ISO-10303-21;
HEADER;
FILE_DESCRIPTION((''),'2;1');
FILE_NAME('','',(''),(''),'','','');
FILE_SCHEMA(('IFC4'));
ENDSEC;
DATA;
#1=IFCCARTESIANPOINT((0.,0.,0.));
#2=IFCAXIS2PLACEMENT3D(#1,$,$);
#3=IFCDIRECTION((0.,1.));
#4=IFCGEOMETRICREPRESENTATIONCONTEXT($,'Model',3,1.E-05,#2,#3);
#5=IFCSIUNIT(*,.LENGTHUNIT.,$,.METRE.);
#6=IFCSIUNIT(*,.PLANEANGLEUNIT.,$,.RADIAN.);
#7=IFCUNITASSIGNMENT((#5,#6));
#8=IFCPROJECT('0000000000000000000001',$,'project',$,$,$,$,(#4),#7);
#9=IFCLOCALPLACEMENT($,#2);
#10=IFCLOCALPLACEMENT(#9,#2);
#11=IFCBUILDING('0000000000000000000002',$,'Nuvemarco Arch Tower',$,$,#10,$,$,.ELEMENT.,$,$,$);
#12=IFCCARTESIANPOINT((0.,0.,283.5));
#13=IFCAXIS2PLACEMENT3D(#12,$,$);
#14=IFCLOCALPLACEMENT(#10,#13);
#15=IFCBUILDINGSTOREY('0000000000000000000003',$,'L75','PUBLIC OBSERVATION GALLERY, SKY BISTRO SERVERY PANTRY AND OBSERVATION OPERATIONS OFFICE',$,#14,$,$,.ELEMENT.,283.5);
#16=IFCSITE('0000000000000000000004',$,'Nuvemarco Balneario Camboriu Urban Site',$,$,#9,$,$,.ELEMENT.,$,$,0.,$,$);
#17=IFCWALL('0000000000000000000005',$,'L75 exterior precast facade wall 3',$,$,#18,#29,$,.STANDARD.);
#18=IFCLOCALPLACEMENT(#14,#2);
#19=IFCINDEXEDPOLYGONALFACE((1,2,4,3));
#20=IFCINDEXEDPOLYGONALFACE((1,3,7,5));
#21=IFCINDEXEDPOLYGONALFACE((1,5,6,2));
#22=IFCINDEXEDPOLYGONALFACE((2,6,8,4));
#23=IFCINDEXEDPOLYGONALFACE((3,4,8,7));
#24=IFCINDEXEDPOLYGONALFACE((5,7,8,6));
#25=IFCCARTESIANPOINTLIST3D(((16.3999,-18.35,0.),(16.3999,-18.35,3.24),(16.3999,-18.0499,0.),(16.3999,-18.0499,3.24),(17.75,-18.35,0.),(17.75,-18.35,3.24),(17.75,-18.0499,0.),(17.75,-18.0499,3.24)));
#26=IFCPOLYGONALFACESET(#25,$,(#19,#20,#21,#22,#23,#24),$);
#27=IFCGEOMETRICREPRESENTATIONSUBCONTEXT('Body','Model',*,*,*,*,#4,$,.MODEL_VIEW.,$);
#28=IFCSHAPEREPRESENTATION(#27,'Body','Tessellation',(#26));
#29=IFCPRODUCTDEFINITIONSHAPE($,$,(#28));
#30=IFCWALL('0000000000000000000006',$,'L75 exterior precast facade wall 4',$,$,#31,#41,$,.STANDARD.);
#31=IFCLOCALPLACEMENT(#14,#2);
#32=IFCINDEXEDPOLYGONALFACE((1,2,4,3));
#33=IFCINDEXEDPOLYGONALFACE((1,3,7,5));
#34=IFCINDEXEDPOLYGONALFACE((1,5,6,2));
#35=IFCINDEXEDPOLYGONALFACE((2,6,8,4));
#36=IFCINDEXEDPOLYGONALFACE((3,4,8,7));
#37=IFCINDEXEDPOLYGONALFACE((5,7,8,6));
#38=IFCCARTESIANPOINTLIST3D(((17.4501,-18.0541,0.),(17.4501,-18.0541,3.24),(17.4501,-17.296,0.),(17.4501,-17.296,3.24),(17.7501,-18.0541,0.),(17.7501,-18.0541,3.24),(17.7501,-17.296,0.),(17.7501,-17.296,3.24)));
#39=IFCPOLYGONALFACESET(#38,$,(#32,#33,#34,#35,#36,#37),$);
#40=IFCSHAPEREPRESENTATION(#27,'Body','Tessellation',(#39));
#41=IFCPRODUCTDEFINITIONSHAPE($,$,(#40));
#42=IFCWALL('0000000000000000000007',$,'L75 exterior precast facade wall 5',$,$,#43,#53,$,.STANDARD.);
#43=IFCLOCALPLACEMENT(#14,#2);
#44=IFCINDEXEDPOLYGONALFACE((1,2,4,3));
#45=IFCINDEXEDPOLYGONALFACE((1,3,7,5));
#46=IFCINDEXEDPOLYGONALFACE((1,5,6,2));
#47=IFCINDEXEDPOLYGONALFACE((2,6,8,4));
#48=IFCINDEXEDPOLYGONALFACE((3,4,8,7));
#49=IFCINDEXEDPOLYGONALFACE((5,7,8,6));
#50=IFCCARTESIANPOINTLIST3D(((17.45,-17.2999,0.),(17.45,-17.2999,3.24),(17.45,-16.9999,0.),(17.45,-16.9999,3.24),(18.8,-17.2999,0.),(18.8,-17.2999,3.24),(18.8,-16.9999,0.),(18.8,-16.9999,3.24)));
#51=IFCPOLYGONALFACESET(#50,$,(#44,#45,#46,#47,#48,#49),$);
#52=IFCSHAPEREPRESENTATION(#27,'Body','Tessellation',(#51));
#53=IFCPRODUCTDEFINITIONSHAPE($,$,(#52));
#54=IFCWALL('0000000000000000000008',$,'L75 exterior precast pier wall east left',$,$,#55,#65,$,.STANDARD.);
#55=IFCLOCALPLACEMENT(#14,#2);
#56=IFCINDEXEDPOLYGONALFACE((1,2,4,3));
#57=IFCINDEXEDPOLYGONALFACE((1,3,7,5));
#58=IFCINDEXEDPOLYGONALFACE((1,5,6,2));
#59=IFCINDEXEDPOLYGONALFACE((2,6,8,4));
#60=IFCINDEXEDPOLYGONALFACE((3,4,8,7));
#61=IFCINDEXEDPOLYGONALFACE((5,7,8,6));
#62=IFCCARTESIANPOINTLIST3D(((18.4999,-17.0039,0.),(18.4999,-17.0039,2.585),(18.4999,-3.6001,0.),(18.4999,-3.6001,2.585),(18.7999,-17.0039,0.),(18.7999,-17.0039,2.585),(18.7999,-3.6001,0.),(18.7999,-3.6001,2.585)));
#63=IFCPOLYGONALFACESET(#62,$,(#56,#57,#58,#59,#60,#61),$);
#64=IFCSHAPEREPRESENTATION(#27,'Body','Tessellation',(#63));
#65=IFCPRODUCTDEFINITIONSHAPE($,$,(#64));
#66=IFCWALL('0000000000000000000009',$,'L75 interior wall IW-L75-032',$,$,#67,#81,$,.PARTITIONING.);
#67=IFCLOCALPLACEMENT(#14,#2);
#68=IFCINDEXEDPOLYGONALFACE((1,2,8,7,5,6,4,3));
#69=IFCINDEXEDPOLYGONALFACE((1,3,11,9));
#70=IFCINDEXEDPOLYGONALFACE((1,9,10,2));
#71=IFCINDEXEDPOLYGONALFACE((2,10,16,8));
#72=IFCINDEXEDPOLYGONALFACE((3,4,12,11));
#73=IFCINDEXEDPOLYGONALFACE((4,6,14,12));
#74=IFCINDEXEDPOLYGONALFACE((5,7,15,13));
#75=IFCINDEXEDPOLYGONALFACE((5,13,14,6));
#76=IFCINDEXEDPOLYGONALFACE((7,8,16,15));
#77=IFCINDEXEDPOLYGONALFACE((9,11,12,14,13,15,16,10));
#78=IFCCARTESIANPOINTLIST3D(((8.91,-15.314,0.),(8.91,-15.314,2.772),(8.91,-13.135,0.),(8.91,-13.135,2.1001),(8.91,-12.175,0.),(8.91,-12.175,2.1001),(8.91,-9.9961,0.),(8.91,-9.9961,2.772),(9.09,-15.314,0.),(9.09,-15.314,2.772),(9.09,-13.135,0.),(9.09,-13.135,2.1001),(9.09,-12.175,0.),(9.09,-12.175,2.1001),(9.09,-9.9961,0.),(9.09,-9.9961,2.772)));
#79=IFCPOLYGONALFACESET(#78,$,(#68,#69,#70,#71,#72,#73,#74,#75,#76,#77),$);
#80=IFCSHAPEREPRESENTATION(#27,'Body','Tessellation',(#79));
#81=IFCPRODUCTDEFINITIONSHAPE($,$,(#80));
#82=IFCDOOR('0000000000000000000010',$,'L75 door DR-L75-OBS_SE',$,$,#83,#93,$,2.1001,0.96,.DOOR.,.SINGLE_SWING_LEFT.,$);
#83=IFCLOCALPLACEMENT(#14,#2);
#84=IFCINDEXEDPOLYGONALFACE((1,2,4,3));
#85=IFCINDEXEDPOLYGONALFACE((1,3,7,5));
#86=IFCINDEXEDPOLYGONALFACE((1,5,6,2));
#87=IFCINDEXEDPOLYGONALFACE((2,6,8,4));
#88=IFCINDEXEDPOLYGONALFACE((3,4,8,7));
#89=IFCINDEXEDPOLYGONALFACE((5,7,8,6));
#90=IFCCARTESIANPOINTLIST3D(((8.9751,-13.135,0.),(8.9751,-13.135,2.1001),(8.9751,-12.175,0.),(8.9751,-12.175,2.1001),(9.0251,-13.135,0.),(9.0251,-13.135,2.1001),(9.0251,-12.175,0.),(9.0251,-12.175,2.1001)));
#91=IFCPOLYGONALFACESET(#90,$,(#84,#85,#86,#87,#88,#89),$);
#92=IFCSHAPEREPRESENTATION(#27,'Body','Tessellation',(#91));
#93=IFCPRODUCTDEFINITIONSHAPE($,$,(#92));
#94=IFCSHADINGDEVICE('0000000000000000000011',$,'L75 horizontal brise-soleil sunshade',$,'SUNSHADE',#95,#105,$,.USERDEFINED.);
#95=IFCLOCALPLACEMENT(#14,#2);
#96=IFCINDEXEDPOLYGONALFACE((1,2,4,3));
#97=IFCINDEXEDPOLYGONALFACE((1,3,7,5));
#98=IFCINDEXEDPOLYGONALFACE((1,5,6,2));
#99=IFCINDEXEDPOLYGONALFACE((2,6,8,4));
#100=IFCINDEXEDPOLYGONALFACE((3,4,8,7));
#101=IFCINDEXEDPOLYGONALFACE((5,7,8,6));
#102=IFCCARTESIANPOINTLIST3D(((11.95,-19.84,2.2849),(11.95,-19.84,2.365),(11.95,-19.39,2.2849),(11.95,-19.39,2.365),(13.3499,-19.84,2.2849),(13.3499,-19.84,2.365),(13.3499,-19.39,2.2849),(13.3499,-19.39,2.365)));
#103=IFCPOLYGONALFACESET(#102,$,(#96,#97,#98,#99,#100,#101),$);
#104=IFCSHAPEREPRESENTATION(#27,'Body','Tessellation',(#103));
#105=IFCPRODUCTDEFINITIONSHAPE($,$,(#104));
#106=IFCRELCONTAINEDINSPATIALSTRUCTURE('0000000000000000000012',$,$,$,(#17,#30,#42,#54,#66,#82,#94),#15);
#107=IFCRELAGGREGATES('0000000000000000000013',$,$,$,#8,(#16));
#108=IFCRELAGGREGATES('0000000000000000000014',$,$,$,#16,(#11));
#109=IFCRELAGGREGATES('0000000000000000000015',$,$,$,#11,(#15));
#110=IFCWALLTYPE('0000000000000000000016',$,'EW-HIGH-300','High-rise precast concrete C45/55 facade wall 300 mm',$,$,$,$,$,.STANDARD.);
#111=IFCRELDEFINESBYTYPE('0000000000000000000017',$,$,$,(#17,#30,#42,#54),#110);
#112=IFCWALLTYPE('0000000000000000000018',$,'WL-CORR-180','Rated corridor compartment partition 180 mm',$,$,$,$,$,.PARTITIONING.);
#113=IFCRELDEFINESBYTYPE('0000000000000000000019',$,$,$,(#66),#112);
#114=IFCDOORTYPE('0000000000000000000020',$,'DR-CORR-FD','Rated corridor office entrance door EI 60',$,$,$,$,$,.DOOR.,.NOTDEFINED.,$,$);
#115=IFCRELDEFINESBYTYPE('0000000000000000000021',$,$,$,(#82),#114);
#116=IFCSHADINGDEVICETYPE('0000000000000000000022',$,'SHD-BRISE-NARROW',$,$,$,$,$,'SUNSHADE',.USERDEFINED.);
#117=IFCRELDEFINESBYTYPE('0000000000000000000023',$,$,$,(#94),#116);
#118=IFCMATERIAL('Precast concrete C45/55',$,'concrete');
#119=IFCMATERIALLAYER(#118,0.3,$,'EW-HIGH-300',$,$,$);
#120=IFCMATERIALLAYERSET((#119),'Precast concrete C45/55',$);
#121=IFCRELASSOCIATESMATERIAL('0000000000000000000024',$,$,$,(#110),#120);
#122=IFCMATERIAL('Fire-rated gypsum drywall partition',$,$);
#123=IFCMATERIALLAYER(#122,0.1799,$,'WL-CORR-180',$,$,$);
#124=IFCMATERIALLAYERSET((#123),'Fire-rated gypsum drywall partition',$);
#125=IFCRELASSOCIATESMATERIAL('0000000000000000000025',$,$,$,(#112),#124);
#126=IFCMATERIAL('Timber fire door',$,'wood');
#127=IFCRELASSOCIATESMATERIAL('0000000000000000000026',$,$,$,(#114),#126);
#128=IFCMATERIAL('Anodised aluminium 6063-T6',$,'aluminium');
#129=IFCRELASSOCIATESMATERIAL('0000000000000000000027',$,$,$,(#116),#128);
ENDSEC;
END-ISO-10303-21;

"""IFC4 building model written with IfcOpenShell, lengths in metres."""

from ifc_helpers import new_model, si_unit, direction, frame, frame_2d, origin, origin_2d, place, context, subcontext, project, spatial, rectangle, extrude, source, transform, mapped, material, layer, layer_set, type_object, type_shapes, element, fill, save


model = new_model("IFC4")

# Units and contexts
model_context = context("Model", 3, precision=1e-05, world=origin(), true_north=direction((0.0, 1.0)))
body_context = subcontext(model_context, "Body", "Model", "MODEL_VIEW")
ifc_project = project(units=[si_unit("LENGTHUNIT", "METRE"), si_unit("PLANEANGLEUNIT", "RADIAN")], contexts=[model_context])

# Site, building, storey
site_placement = place(None, origin())
site = spatial("IfcSite", under=ifc_project, at=site_placement, Name="Nuvemarco Balneario Camboriu Urban Site", CompositionType="ELEMENT", RefElevation=0.0)
building_placement = place(site_placement, origin())
building = spatial("IfcBuilding", under=site, at=building_placement, Name="Nuvemarco Arch Tower", CompositionType="ELEMENT")
storey_placement = place(building_placement, frame((0.0, 0.0, 283.5)))
storey = spatial("IfcBuildingStorey", under=building, at=storey_placement, Name="L75", Description="PUBLIC OBSERVATION GALLERY, SKY BISTRO SERVERY PANTRY AND OBSERVATION OPERATIONS OFFICE", CompositionType="ELEMENT", Elevation=283.5)

# Shared definitions
ifc_material_1 = material(Name="Precast concrete C45/55", Category="concrete")

# Walls
ifc_layer_1 = layer(ifc_material_1, 0.3, Name="EW-HIGH-300")
ifc_layer_set_1 = layer_set([ifc_layer_1], Name="Precast concrete C45/55")
wall_type_1 = type_object("IfcWallType", Name="EW-HIGH-300", Description="High-rise precast concrete C45/55 facade wall 300 mm", PredefinedType="STANDARD", material=ifc_layer_set_1)
wall_1_placement = place(storey_placement, frame((16.3999, -18.2, 0.0), z_axis=(0.0, 0.0, 1.0), x_axis=(1.0, 0.0, 0.0)))
element("IfcWall", 1, at=wall_1_placement, inside=storey, type_object=wall_type_1, Name="L75 exterior precast facade wall 3", PredefinedType="STANDARD", context=body_context, shape_type="SweptSolid", body=[
    extrude(rectangle(XDim=1.3501, YDim=0.3, at=frame_2d((0.675, 0.0))), origin(), (0.0, 0.0, 1.0), 3.24),
])
wall_2_placement = place(storey_placement, frame((17.6001, -18.054, 0.0), z_axis=(0.0, 0.0, 1.0), x_axis=(0.0, 1.0, 0.0)))
element("IfcWall", 2, at=wall_2_placement, inside=storey, type_object=wall_type_1, Name="L75 exterior precast facade wall 4", PredefinedType="STANDARD", context=body_context, shape_type="SweptSolid", body=[
    extrude(rectangle(XDim=0.7581, YDim=0.3, at=frame_2d((0.3789, 0.0))), origin(), (0.0, 0.0, 1.0), 3.24),
])
wall_3_placement = place(storey_placement, frame((17.45, -17.1499, 0.0), z_axis=(0.0, 0.0, 1.0), x_axis=(1.0, 0.0, 0.0)))
element("IfcWall", 3, at=wall_3_placement, inside=storey, type_object=wall_type_1, Name="L75 exterior precast facade wall 5", PredefinedType="STANDARD", context=body_context, shape_type="SweptSolid", body=[
    extrude(rectangle(XDim=1.3501, YDim=0.3, at=frame_2d((0.675, 0.0))), origin(), (0.0, 0.0, 1.0), 3.24),
])
wall_4_placement = place(storey_placement, frame((18.6499, -17.0039, 0.0), z_axis=(0.0, 0.0, 1.0), x_axis=(0.0, 1.0, 0.0)))
element("IfcWall", 4, at=wall_4_placement, inside=storey, type_object=wall_type_1, Name="L75 exterior precast pier wall east left", PredefinedType="STANDARD", context=body_context, shape_type="SweptSolid", body=[
    extrude(rectangle(XDim=13.4038, YDim=0.3, at=frame_2d((6.7019, 0.0))), origin(), (0.0, 0.0, 1.0), 2.585),
])

# Wall, opening, door
ifc_material_2 = material(Name="Fire-rated gypsum drywall partition")
ifc_layer_2 = layer(ifc_material_2, 0.1799, Name="WL-CORR-180")
ifc_layer_set_2 = layer_set([ifc_layer_2], Name="Fire-rated gypsum drywall partition")
wall_type_2 = type_object("IfcWallType", Name="WL-CORR-180", Description="Rated corridor compartment partition 180 mm", PredefinedType="PARTITIONING", material=ifc_layer_set_2)
wall_5_placement = place(storey_placement, frame((9.0, -15.314, 0.0), z_axis=(0.0, 0.0, 1.0), x_axis=(0.0, 1.0, 0.0)))
wall_5 = element("IfcWall", 5, at=wall_5_placement, inside=storey, type_object=wall_type_2, Name="L75 interior wall IW-L75-032", PredefinedType="PARTITIONING", context=body_context, shape_type="SweptSolid", body=[
    extrude(rectangle(XDim=5.3179, YDim=0.1799, at=frame_2d((2.6589, 0.0))), origin(), (0.0, 0.0, 1.0), 2.772),
])
opening_placement = place(wall_5_placement, frame((2.179, 0.0, 0.0)))
opening = element("IfcOpeningElement", 6, at=opening_placement, cuts=wall_5, PredefinedType="OPENING", context=body_context, shape_type="SweptSolid", body=[
    extrude(rectangle(XDim=0.96, YDim=2.1001, at=frame_2d((0.48, 1.05))), frame((0.0, 0.0999, 0.0), z_axis=(0.0, -1.0, 0.0), x_axis=(1.0, 0.0, 0.0)), (0.0, 0.0, 1.0), 0.2),
])
ifc_material_3 = material(Name="Timber fire door", Category="wood")
door_type = type_object("IfcDoorType", Name="DR-CORR-FD", Description="Rated corridor office entrance door EI 60", OperationType="NOTDEFINED", PredefinedType="DOOR", material=ifc_material_3)
shared_shape_1 = source(origin(), body_context, "Body", "SweptSolid", [
    extrude(rectangle(XDim=0.96, YDim=2.1001, at=frame_2d((0.48, 1.05))), frame((0.0, 0.0249, 0.0), z_axis=(0.0, -1.0, 0.0), x_axis=(1.0, 0.0, 0.0)), (0.0, 0.0, 1.0), 0.05),
])
type_shapes(door_type, [shared_shape_1])
door_placement = place(opening_placement, origin())
door = element("IfcDoor", 7, at=door_placement, inside=storey, type_object=door_type, Name="L75 door DR-L75-OBS_SE", OperationType="SINGLE_SWING_LEFT", OverallHeight=2.1001, OverallWidth=0.96, PredefinedType="DOOR", context=body_context, shape_type="MappedRepresentation", body=[
    mapped(shared_shape_1, transform((0.0, 0.0, 0.0), scale=1.0)),
])
fill(opening, door)

# Shading device
ifc_material_4 = material(Name="Anodised aluminium 6063-T6", Category="aluminium")
shading_device_type = type_object("IfcShadingDeviceType", Name="SHD-BRISE-NARROW", ElementType="SUNSHADE", PredefinedType="USERDEFINED", material=ifc_material_4)
shared_shape_2 = source(origin(), body_context, "Body", "SweptSolid", [
    extrude(rectangle(XDim=1.3999, YDim=0.45, at=origin_2d()), origin(), (0.0, 0.0, 1.0), 0.0801),
])
type_shapes(shading_device_type, [shared_shape_2])
shading_device_placement = place(storey_placement, frame((12.6499, -19.615, 2.2849), z_axis=(0.0, 0.0, 1.0), x_axis=(1.0, 0.0, 0.0)))
element("IfcShadingDevice", 8, at=shading_device_placement, inside=storey, type_object=shading_device_type, Name="L75 horizontal brise-soleil sunshade", ObjectType="SUNSHADE", PredefinedType="USERDEFINED", context=body_context, shape_type="MappedRepresentation", body=[
    mapped(shared_shape_2, transform((0.0, 0.0, 0.0), scale=1.0)),
])

save(model, "model.ifc")
